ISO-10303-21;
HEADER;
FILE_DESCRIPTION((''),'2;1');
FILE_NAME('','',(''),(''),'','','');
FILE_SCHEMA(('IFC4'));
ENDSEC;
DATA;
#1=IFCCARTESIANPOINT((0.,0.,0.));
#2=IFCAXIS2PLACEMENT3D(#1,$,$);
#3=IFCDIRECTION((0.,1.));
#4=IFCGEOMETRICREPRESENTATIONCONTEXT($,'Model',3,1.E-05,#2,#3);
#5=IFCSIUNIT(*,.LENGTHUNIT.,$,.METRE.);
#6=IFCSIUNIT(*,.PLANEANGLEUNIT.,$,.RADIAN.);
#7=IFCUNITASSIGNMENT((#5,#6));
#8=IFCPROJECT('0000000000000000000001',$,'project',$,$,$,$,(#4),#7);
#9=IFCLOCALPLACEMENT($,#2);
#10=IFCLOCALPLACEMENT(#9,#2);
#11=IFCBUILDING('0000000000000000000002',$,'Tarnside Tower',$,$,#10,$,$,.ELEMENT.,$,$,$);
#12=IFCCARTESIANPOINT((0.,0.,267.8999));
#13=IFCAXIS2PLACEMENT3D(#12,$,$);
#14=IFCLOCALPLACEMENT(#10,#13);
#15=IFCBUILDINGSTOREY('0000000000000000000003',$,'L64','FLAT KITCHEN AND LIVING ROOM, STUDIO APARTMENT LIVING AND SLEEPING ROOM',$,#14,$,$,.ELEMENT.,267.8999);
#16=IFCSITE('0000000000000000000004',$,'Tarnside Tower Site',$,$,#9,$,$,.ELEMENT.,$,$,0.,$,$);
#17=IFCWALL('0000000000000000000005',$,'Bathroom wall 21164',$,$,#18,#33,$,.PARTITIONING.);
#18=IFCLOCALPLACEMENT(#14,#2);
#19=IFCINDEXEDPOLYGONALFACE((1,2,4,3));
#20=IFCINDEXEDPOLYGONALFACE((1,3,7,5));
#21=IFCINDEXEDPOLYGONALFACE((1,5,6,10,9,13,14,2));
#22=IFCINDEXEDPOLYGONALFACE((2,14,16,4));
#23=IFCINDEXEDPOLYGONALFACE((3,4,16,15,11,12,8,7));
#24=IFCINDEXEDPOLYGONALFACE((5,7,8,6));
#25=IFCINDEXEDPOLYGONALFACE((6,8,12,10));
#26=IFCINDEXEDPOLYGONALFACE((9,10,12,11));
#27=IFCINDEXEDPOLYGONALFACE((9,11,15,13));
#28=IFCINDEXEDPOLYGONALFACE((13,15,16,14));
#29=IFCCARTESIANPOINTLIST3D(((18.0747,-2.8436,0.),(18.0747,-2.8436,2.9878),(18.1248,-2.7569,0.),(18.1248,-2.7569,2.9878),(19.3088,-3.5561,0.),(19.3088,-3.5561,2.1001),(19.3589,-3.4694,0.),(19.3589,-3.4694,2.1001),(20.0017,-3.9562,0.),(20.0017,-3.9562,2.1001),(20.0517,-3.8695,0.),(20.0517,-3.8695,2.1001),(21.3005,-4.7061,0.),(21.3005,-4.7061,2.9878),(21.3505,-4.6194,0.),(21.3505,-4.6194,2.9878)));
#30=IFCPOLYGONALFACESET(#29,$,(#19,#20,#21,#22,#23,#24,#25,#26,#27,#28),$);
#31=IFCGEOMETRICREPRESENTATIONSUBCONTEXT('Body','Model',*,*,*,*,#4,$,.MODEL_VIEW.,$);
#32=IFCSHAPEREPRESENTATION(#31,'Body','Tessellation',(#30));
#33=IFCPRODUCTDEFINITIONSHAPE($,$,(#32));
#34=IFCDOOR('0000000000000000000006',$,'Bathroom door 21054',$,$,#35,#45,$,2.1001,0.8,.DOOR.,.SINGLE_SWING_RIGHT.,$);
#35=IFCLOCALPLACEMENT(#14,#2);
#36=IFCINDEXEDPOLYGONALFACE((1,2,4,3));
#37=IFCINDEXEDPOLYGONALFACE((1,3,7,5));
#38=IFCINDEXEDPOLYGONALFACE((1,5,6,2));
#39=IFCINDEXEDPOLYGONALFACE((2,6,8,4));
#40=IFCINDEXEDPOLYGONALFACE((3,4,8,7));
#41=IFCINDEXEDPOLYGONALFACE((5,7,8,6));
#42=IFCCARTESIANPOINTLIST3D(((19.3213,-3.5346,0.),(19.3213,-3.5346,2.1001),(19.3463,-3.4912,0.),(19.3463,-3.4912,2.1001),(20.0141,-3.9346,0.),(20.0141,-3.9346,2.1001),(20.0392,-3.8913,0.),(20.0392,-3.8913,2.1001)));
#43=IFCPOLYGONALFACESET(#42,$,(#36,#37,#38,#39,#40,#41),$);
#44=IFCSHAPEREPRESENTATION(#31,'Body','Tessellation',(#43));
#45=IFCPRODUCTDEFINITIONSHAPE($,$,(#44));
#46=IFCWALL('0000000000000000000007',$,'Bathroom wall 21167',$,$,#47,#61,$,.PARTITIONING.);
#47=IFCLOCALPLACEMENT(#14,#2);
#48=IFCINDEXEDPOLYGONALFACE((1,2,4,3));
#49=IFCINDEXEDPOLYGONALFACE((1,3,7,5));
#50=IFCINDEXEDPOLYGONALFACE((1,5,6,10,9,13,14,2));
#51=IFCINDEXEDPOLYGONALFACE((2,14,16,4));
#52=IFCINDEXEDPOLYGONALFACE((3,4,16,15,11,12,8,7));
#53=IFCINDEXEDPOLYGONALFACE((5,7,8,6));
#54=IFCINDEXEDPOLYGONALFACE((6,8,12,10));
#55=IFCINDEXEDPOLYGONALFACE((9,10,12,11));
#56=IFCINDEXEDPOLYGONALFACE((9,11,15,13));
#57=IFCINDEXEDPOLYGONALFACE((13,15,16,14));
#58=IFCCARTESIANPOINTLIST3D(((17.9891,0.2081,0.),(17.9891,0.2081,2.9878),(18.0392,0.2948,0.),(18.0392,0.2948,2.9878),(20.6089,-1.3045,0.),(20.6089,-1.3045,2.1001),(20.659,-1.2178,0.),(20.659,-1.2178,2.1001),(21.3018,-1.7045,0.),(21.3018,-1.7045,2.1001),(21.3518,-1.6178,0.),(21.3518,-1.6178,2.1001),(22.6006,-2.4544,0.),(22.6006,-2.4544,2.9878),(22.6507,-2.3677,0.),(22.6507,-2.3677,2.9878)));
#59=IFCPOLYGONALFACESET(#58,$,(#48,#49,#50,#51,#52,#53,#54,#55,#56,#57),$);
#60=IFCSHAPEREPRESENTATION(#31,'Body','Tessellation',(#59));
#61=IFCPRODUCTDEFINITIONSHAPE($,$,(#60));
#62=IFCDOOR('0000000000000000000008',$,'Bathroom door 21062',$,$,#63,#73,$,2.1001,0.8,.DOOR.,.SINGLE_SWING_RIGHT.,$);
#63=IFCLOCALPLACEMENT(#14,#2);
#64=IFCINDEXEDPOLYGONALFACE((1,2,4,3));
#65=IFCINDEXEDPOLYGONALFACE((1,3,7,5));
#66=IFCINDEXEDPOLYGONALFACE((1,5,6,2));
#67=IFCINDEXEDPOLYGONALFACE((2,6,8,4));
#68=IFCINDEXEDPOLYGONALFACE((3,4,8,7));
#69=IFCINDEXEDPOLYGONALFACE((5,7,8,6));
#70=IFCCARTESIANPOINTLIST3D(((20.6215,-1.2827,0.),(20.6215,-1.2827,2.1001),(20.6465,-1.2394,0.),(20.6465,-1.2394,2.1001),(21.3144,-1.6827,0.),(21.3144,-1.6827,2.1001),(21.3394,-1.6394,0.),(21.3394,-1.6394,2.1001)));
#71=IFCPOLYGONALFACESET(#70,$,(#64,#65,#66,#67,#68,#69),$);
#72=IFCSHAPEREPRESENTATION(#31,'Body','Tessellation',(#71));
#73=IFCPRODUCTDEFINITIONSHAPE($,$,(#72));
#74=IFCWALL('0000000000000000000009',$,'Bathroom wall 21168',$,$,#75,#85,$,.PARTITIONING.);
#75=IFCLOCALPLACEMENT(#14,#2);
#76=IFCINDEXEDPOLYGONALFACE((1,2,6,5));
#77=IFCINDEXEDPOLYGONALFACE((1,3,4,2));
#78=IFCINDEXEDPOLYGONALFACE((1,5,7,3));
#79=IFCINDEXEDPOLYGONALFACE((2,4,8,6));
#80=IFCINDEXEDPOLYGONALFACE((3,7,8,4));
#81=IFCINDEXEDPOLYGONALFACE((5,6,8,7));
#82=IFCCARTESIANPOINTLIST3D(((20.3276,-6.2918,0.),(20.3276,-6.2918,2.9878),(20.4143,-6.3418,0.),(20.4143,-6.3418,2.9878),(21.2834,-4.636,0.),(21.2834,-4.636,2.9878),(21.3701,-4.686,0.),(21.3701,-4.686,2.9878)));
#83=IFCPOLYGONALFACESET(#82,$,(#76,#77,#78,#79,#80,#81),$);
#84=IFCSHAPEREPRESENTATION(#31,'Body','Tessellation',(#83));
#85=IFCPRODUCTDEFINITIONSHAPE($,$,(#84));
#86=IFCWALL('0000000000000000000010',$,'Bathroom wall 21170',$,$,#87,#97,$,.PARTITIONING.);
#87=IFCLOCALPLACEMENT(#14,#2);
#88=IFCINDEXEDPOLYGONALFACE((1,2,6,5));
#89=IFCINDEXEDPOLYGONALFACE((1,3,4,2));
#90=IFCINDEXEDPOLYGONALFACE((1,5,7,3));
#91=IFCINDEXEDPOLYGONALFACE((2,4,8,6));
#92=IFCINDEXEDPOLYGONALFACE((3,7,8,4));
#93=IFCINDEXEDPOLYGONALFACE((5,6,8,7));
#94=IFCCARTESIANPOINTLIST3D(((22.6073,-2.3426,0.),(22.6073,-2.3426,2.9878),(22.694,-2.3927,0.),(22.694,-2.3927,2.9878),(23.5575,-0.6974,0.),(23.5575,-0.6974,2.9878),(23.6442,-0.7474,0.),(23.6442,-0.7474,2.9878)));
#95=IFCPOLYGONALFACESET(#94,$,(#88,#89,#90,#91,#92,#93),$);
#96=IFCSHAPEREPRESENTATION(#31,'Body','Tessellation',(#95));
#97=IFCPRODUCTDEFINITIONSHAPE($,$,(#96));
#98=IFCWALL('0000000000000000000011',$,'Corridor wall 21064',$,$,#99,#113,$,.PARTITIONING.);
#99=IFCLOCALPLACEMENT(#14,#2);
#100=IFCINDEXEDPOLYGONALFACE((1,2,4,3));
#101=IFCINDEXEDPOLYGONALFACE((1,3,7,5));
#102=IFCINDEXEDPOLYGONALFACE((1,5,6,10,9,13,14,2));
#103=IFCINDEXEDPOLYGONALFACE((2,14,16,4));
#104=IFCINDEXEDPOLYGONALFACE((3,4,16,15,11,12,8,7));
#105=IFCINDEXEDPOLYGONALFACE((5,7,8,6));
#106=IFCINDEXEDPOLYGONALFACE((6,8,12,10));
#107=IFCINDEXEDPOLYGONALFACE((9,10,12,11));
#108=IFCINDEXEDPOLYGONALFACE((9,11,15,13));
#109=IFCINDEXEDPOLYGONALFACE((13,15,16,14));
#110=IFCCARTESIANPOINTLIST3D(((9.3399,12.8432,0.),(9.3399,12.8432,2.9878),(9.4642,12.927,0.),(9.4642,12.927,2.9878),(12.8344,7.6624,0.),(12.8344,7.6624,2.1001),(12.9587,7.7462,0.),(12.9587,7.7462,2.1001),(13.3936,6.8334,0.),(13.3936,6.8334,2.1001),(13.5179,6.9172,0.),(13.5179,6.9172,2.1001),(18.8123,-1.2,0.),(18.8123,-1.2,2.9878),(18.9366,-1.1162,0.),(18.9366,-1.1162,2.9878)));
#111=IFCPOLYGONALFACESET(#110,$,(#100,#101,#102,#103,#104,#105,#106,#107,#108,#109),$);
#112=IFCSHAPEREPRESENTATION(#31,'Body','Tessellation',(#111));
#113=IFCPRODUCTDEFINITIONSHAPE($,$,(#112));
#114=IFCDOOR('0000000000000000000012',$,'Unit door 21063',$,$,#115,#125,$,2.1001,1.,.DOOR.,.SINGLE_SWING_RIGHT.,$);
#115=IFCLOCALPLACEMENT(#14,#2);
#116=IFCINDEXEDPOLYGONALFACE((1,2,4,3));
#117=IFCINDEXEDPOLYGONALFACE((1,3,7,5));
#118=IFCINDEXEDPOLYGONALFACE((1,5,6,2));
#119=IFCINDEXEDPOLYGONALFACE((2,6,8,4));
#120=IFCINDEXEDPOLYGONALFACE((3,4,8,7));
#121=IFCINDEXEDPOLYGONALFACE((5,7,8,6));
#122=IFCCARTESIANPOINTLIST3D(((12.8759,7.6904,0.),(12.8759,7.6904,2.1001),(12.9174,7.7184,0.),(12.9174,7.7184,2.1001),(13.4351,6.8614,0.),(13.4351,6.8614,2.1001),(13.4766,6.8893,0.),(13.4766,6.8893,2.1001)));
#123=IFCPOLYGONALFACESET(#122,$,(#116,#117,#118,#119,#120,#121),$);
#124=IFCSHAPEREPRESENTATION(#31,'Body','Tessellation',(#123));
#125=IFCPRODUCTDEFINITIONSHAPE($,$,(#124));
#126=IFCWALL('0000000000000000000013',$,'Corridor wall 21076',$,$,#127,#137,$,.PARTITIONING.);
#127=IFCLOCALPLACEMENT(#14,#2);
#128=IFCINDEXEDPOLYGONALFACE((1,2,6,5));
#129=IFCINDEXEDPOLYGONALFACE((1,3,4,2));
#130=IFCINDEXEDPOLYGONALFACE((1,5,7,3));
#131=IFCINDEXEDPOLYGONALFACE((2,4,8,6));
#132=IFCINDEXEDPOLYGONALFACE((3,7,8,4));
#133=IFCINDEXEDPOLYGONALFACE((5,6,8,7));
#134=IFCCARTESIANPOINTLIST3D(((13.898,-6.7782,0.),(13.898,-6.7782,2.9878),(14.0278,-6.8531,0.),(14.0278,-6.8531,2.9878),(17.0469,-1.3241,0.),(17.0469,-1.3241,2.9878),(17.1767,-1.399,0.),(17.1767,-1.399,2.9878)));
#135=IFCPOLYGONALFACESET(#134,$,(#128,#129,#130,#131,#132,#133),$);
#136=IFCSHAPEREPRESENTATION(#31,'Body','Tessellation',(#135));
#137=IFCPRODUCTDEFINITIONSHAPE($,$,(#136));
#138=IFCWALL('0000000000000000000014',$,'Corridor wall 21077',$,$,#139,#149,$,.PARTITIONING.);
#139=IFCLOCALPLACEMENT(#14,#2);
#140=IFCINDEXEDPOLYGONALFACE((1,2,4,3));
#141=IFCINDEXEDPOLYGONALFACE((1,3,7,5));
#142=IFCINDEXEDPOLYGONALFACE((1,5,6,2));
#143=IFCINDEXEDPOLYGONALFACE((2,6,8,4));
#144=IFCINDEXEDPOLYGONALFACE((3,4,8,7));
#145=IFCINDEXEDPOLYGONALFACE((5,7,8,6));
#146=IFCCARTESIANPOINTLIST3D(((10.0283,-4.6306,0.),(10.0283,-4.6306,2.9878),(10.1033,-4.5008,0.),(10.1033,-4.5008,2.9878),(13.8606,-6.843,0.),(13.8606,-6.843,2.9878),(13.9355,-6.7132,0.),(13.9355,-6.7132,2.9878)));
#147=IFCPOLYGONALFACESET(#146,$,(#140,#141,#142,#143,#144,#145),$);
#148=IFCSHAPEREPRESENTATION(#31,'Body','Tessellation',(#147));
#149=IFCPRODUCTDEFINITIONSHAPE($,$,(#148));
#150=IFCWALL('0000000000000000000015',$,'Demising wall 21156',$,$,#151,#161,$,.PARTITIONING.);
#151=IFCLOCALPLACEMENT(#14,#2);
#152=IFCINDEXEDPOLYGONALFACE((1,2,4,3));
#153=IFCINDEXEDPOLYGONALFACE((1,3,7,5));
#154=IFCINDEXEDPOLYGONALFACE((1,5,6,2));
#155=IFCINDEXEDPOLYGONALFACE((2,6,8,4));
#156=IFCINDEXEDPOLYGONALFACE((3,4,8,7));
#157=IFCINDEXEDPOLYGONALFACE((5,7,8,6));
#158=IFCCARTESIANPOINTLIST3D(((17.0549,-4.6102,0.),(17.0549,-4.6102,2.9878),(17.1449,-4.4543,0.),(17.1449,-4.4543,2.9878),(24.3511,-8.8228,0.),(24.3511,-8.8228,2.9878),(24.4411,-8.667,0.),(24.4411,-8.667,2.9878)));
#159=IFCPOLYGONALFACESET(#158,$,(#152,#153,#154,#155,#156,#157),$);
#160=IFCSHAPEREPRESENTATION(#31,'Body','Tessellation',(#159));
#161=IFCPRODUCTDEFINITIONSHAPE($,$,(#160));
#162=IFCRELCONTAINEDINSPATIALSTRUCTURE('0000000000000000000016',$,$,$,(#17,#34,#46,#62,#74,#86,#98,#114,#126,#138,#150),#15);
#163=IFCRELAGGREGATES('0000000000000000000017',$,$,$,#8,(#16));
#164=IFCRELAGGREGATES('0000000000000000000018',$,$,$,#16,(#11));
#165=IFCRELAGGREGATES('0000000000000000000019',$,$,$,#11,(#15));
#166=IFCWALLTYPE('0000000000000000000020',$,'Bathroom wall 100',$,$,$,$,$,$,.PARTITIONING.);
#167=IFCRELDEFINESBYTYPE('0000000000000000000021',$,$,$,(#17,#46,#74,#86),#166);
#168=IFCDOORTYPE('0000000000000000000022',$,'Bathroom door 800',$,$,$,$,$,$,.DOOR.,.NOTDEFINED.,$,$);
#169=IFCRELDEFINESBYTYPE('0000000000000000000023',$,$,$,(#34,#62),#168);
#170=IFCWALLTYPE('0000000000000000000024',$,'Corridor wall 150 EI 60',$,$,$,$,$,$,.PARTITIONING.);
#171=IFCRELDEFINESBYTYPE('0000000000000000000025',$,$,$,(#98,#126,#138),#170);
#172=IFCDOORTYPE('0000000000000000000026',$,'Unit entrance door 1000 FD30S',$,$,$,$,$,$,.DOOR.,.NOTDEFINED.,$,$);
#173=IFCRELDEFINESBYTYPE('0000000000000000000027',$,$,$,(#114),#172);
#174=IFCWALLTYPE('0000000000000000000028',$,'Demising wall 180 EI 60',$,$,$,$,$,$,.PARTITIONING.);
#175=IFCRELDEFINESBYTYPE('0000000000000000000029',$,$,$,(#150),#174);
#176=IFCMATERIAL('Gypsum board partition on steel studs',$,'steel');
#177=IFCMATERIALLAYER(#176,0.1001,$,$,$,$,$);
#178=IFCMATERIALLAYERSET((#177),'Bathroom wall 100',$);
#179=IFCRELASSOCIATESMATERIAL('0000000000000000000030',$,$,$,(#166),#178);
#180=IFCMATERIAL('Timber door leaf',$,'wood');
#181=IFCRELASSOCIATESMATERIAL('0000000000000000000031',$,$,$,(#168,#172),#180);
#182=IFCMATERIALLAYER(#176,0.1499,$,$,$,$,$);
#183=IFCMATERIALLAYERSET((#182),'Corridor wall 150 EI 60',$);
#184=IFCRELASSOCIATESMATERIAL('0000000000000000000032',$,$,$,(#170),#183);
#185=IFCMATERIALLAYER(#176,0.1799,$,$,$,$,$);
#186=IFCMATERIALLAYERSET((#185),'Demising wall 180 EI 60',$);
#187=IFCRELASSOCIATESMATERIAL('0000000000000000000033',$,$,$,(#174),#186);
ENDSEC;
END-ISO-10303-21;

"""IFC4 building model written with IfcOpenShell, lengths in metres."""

from ifc_helpers import new_model, si_unit, direction, frame, frame_2d, origin, place, context, subcontext, project, spatial, rectangle, extrude, material, layer, layer_set, type_object, element, fill, save


model = new_model("IFC4")

# Units and contexts
model_context = context("Model", 3, precision=1e-05, world=origin(), true_north=direction((0.0, 1.0)))
body_context = subcontext(model_context, "Body", "Model", "MODEL_VIEW")
ifc_project = project(units=[si_unit("LENGTHUNIT", "METRE"), si_unit("PLANEANGLEUNIT", "RADIAN")], contexts=[model_context])

# Site, building, storey
site_placement = place(None, origin())
site = spatial("IfcSite", under=ifc_project, at=site_placement, Name="Tarnside Tower Site", CompositionType="ELEMENT", RefElevation=0.0)
building_placement = place(site_placement, origin())
building = spatial("IfcBuilding", under=site, at=building_placement, Name="Tarnside Tower", CompositionType="ELEMENT")
storey_placement = place(building_placement, frame((0.0, 0.0, 267.8999)))
storey = spatial("IfcBuildingStorey", under=building, at=storey_placement, Name="L64", Description="FLAT KITCHEN AND LIVING ROOM, STUDIO APARTMENT LIVING AND SLEEPING ROOM", CompositionType="ELEMENT", Elevation=267.8999)

# Shared definitions
ifc_material_1 = material(Name="Gypsum board partition on steel studs", Category="steel")
ifc_layer_1 = layer(ifc_material_1, 0.1001)
ifc_layer_set_1 = layer_set([ifc_layer_1], Name="Bathroom wall 100")
wall_type_1 = type_object("IfcWallType", Name="Bathroom wall 100", PredefinedType="PARTITIONING", material=ifc_layer_set_1)

# Walls, openings, doors
ifc_material_2 = material(Name="Timber door leaf", Category="wood")
door_type_1 = type_object("IfcDoorType", Name="Bathroom door 800", OperationType="NOTDEFINED", PredefinedType="DOOR", material=ifc_material_2)
wall_1_placement = place(storey_placement, frame((18.0999, -2.8003, 0.0), z_axis=(0.0, 0.0, 1.0), x_axis=(0.866012, -0.500023, 0.0)))
wall_1 = element("IfcWall", 1, at=wall_1_placement, inside=storey, type_object=wall_type_1, Name="Bathroom wall 21164", PredefinedType="PARTITIONING", context=body_context, shape_type="SweptSolid", body=[
    extrude(rectangle(XDim=3.7249, YDim=0.1001, at=frame_2d((1.8623, 0.0))), origin(), (0.0, 0.0, 1.0), 2.9878),
])
opening_1_placement = place(wall_1_placement, frame((1.425, 0.0, 0.0)))
opening_1 = element("IfcOpeningElement", 2, at=opening_1_placement, cuts=wall_1, PredefinedType="OPENING", context=body_context, shape_type="SweptSolid", body=[
    extrude(rectangle(XDim=0.8, YDim=2.1001, at=frame_2d((0.3999, 1.05))), frame((0.0, 0.0601, 0.0), z_axis=(0.0, -1.0, 0.0), x_axis=(1.0, 0.0, 0.0)), (0.0, 0.0, 1.0), 0.1201),
])
door_1_placement = place(opening_1_placement, origin())
door_1 = element("IfcDoor", 3, at=door_1_placement, inside=storey, type_object=door_type_1, Name="Bathroom door 21054", OperationType="SINGLE_SWING_RIGHT", OverallHeight=2.1001, OverallWidth=0.8, PredefinedType="DOOR", context=body_context, shape_type="SweptSolid", body=[
    extrude(rectangle(XDim=0.8, YDim=2.1001, at=frame_2d((0.3999, 1.05))), frame((0.0, 0.0249, 0.0), z_axis=(0.0, -1.0, 0.0), x_axis=(1.0, 0.0, 0.0)), (0.0, 0.0, 1.0), 0.05),
])
fill(opening_1, door_1)
wall_2_placement = place(storey_placement, frame((22.6257, -2.4111, 0.0), z_axis=(0.0, 0.0, 1.0), x_axis=(-0.866017, 0.500015, 0.0)))
wall_2 = element("IfcWall", 4, at=wall_2_placement, inside=storey, type_object=wall_type_1, Name="Bathroom wall 21167", PredefinedType="PARTITIONING", context=body_context, shape_type="SweptSolid", body=[
    extrude(rectangle(XDim=5.325, YDim=0.1001, at=frame_2d((2.6626, 0.0))), origin(), (0.0, 0.0, 1.0), 2.9878),
])
opening_2_placement = place(wall_2_placement, frame((1.5, 0.0, 0.0)))
opening_2 = element("IfcOpeningElement", 5, at=opening_2_placement, cuts=wall_2, PredefinedType="OPENING", context=body_context, shape_type="SweptSolid", body=[
    extrude(rectangle(XDim=0.8, YDim=2.1001, at=frame_2d((0.3999, 1.05))), frame((0.0, 0.0601, 0.0), z_axis=(0.0, -1.0, 0.0), x_axis=(1.0, 0.0, 0.0)), (0.0, 0.0, 1.0), 0.1201),
])
door_2_placement = place(opening_2_placement, origin())
door_2 = element("IfcDoor", 6, at=door_2_placement, inside=storey, type_object=door_type_1, Name="Bathroom door 21062", OperationType="SINGLE_SWING_RIGHT", OverallHeight=2.1001, OverallWidth=0.8, PredefinedType="DOOR", context=body_context, shape_type="SweptSolid", body=[
    extrude(rectangle(XDim=0.8, YDim=2.1001, at=frame_2d((0.3999, 1.05))), frame((0.0, 0.0249, 0.0), z_axis=(0.0, -1.0, 0.0), x_axis=(1.0, 0.0, 0.0)), (0.0, 0.0, 1.0), 0.05),
])
fill(opening_2, door_2)

# Walls
wall_3_placement = place(storey_placement, frame((20.3708, -6.3169, 0.0), z_axis=(0.0, 0.0, 1.0), x_axis=(0.499944, 0.866058, 0.0)))
element("IfcWall", 7, at=wall_3_placement, inside=storey, type_object=wall_type_1, Name="Bathroom wall 21168", PredefinedType="PARTITIONING", context=body_context, shape_type="SweptSolid", body=[
    extrude(rectangle(XDim=1.9119, YDim=0.1001, at=frame_2d((0.9561, 0.0))), origin(), (0.0, 0.0, 1.0), 2.9878),
])
wall_4_placement = place(storey_placement, frame((23.6008, -0.7224, 0.0), z_axis=(0.0, 0.0, 1.0), x_axis=(-0.500119, -0.865957, 0.0)))
element("IfcWall", 8, at=wall_4_placement, inside=storey, type_object=wall_type_1, Name="Bathroom wall 21170", PredefinedType="PARTITIONING", context=body_context, shape_type="SweptSolid", body=[
    extrude(rectangle(XDim=1.8999, YDim=0.1001, at=frame_2d((0.95, 0.0))), origin(), (0.0, 0.0, 1.0), 2.9878),
])

# Wall, opening, door
ifc_layer_2 = layer(ifc_material_1, 0.1499)
ifc_layer_set_2 = layer_set([ifc_layer_2], Name="Corridor wall 150 EI 60")
wall_type_2 = type_object("IfcWallType", Name="Corridor wall 150 EI 60", PredefinedType="PARTITIONING", material=ifc_layer_set_2)
wall_5_placement = place(storey_placement, frame((18.8745, -1.1582, 0.0), z_axis=(0.0, 0.0, 1.0), x_axis=(-0.559199, 0.829034, 0.0)))
wall_5 = element("IfcWall", 9, at=wall_5_placement, inside=storey, type_object=wall_type_2, Name="Corridor wall 21064", PredefinedType="PARTITIONING", context=body_context, shape_type="SweptSolid", body=[
    extrude(rectangle(XDim=16.9392, YDim=0.1499, at=frame_2d((8.4697, 0.0))), origin(), (0.0, 0.0, 1.0), 2.9878),
])
opening_3_placement = place(wall_5_placement, frame((9.6902, 0.0, 0.0)))
opening_3 = element("IfcOpeningElement", 10, at=opening_3_placement, cuts=wall_5, PredefinedType="OPENING", context=body_context, shape_type="SweptSolid", body=[
    extrude(rectangle(XDim=1.0, YDim=2.1001, at=frame_2d((0.5, 1.05))), frame((0.0, 0.085, 0.0), z_axis=(0.0, -1.0, 0.0), x_axis=(1.0, 0.0, 0.0)), (0.0, 0.0, 1.0), 0.1699),
])
door_type_2 = type_object("IfcDoorType", Name="Unit entrance door 1000 FD30S", OperationType="NOTDEFINED", PredefinedType="DOOR", material=ifc_material_2)
door_3_placement = place(opening_3_placement, origin())
door_3 = element("IfcDoor", 11, at=door_3_placement, inside=storey, type_object=door_type_2, Name="Unit door 21063", OperationType="SINGLE_SWING_RIGHT", OverallHeight=2.1001, OverallWidth=1.0, PredefinedType="DOOR", context=body_context, shape_type="SweptSolid", body=[
    extrude(rectangle(XDim=1.0, YDim=2.1001, at=frame_2d((0.5, 1.05))), frame((0.0, 0.0249, 0.0), z_axis=(0.0, -1.0, 0.0), x_axis=(1.0, 0.0, 0.0)), (0.0, 0.0, 1.0), 0.05),
])
fill(opening_3, door_3)

# Walls
wall_6_placement = place(storey_placement, frame((17.1118, -1.3616, 0.0), z_axis=(0.0, 0.0, 1.0), x_axis=(-0.5, -0.866025, 0.0)))
element("IfcWall", 12, at=wall_6_placement, inside=storey, type_object=wall_type_2, Name="Corridor wall 21076", PredefinedType="PARTITIONING", context=body_context, shape_type="SweptSolid", body=[
    extrude(rectangle(XDim=6.2979, YDim=0.1499, at=frame_2d((3.1489, 0.0))), origin(), (0.0, 0.0, 1.0), 2.9878),
])
wall_7_placement = place(storey_placement, frame((13.8979, -6.7781, 0.0), z_axis=(0.0, 0.0, 1.0), x_axis=(-0.866041, 0.499972, 0.0)))
element("IfcWall", 13, at=wall_7_placement, inside=storey, type_object=wall_type_2, Name="Corridor wall 21077", PredefinedType="PARTITIONING", context=body_context, shape_type="SweptSolid", body=[
    extrude(rectangle(XDim=4.425, YDim=0.1499, at=frame_2d((2.2124, 0.0))), origin(), (0.0, 0.0, 1.0), 2.9878),
])
ifc_layer_3 = layer(ifc_material_1, 0.1799)
ifc_layer_set_3 = layer_set([ifc_layer_3], Name="Demising wall 180 EI 60")
wall_type_3 = type_object("IfcWallType", Name="Demising wall 180 EI 60", PredefinedType="PARTITIONING", material=ifc_layer_set_3)
wall_8_placement = place(storey_placement, frame((24.396, -8.7449, 0.0), z_axis=(0.0, 0.0, 1.0), x_axis=(-0.866014, 0.500019, 0.0)))
element("IfcWall", 14, at=wall_8_placement, inside=storey, type_object=wall_type_3, Name="Demising wall 21156", PredefinedType="PARTITIONING", context=body_context, shape_type="SweptSolid", body=[
    extrude(rectangle(XDim=8.425, YDim=0.1799, at=frame_2d((4.2124, 0.0))), origin(), (0.0, 0.0, 1.0), 2.9878),
])

save(model, "model.ifc")
